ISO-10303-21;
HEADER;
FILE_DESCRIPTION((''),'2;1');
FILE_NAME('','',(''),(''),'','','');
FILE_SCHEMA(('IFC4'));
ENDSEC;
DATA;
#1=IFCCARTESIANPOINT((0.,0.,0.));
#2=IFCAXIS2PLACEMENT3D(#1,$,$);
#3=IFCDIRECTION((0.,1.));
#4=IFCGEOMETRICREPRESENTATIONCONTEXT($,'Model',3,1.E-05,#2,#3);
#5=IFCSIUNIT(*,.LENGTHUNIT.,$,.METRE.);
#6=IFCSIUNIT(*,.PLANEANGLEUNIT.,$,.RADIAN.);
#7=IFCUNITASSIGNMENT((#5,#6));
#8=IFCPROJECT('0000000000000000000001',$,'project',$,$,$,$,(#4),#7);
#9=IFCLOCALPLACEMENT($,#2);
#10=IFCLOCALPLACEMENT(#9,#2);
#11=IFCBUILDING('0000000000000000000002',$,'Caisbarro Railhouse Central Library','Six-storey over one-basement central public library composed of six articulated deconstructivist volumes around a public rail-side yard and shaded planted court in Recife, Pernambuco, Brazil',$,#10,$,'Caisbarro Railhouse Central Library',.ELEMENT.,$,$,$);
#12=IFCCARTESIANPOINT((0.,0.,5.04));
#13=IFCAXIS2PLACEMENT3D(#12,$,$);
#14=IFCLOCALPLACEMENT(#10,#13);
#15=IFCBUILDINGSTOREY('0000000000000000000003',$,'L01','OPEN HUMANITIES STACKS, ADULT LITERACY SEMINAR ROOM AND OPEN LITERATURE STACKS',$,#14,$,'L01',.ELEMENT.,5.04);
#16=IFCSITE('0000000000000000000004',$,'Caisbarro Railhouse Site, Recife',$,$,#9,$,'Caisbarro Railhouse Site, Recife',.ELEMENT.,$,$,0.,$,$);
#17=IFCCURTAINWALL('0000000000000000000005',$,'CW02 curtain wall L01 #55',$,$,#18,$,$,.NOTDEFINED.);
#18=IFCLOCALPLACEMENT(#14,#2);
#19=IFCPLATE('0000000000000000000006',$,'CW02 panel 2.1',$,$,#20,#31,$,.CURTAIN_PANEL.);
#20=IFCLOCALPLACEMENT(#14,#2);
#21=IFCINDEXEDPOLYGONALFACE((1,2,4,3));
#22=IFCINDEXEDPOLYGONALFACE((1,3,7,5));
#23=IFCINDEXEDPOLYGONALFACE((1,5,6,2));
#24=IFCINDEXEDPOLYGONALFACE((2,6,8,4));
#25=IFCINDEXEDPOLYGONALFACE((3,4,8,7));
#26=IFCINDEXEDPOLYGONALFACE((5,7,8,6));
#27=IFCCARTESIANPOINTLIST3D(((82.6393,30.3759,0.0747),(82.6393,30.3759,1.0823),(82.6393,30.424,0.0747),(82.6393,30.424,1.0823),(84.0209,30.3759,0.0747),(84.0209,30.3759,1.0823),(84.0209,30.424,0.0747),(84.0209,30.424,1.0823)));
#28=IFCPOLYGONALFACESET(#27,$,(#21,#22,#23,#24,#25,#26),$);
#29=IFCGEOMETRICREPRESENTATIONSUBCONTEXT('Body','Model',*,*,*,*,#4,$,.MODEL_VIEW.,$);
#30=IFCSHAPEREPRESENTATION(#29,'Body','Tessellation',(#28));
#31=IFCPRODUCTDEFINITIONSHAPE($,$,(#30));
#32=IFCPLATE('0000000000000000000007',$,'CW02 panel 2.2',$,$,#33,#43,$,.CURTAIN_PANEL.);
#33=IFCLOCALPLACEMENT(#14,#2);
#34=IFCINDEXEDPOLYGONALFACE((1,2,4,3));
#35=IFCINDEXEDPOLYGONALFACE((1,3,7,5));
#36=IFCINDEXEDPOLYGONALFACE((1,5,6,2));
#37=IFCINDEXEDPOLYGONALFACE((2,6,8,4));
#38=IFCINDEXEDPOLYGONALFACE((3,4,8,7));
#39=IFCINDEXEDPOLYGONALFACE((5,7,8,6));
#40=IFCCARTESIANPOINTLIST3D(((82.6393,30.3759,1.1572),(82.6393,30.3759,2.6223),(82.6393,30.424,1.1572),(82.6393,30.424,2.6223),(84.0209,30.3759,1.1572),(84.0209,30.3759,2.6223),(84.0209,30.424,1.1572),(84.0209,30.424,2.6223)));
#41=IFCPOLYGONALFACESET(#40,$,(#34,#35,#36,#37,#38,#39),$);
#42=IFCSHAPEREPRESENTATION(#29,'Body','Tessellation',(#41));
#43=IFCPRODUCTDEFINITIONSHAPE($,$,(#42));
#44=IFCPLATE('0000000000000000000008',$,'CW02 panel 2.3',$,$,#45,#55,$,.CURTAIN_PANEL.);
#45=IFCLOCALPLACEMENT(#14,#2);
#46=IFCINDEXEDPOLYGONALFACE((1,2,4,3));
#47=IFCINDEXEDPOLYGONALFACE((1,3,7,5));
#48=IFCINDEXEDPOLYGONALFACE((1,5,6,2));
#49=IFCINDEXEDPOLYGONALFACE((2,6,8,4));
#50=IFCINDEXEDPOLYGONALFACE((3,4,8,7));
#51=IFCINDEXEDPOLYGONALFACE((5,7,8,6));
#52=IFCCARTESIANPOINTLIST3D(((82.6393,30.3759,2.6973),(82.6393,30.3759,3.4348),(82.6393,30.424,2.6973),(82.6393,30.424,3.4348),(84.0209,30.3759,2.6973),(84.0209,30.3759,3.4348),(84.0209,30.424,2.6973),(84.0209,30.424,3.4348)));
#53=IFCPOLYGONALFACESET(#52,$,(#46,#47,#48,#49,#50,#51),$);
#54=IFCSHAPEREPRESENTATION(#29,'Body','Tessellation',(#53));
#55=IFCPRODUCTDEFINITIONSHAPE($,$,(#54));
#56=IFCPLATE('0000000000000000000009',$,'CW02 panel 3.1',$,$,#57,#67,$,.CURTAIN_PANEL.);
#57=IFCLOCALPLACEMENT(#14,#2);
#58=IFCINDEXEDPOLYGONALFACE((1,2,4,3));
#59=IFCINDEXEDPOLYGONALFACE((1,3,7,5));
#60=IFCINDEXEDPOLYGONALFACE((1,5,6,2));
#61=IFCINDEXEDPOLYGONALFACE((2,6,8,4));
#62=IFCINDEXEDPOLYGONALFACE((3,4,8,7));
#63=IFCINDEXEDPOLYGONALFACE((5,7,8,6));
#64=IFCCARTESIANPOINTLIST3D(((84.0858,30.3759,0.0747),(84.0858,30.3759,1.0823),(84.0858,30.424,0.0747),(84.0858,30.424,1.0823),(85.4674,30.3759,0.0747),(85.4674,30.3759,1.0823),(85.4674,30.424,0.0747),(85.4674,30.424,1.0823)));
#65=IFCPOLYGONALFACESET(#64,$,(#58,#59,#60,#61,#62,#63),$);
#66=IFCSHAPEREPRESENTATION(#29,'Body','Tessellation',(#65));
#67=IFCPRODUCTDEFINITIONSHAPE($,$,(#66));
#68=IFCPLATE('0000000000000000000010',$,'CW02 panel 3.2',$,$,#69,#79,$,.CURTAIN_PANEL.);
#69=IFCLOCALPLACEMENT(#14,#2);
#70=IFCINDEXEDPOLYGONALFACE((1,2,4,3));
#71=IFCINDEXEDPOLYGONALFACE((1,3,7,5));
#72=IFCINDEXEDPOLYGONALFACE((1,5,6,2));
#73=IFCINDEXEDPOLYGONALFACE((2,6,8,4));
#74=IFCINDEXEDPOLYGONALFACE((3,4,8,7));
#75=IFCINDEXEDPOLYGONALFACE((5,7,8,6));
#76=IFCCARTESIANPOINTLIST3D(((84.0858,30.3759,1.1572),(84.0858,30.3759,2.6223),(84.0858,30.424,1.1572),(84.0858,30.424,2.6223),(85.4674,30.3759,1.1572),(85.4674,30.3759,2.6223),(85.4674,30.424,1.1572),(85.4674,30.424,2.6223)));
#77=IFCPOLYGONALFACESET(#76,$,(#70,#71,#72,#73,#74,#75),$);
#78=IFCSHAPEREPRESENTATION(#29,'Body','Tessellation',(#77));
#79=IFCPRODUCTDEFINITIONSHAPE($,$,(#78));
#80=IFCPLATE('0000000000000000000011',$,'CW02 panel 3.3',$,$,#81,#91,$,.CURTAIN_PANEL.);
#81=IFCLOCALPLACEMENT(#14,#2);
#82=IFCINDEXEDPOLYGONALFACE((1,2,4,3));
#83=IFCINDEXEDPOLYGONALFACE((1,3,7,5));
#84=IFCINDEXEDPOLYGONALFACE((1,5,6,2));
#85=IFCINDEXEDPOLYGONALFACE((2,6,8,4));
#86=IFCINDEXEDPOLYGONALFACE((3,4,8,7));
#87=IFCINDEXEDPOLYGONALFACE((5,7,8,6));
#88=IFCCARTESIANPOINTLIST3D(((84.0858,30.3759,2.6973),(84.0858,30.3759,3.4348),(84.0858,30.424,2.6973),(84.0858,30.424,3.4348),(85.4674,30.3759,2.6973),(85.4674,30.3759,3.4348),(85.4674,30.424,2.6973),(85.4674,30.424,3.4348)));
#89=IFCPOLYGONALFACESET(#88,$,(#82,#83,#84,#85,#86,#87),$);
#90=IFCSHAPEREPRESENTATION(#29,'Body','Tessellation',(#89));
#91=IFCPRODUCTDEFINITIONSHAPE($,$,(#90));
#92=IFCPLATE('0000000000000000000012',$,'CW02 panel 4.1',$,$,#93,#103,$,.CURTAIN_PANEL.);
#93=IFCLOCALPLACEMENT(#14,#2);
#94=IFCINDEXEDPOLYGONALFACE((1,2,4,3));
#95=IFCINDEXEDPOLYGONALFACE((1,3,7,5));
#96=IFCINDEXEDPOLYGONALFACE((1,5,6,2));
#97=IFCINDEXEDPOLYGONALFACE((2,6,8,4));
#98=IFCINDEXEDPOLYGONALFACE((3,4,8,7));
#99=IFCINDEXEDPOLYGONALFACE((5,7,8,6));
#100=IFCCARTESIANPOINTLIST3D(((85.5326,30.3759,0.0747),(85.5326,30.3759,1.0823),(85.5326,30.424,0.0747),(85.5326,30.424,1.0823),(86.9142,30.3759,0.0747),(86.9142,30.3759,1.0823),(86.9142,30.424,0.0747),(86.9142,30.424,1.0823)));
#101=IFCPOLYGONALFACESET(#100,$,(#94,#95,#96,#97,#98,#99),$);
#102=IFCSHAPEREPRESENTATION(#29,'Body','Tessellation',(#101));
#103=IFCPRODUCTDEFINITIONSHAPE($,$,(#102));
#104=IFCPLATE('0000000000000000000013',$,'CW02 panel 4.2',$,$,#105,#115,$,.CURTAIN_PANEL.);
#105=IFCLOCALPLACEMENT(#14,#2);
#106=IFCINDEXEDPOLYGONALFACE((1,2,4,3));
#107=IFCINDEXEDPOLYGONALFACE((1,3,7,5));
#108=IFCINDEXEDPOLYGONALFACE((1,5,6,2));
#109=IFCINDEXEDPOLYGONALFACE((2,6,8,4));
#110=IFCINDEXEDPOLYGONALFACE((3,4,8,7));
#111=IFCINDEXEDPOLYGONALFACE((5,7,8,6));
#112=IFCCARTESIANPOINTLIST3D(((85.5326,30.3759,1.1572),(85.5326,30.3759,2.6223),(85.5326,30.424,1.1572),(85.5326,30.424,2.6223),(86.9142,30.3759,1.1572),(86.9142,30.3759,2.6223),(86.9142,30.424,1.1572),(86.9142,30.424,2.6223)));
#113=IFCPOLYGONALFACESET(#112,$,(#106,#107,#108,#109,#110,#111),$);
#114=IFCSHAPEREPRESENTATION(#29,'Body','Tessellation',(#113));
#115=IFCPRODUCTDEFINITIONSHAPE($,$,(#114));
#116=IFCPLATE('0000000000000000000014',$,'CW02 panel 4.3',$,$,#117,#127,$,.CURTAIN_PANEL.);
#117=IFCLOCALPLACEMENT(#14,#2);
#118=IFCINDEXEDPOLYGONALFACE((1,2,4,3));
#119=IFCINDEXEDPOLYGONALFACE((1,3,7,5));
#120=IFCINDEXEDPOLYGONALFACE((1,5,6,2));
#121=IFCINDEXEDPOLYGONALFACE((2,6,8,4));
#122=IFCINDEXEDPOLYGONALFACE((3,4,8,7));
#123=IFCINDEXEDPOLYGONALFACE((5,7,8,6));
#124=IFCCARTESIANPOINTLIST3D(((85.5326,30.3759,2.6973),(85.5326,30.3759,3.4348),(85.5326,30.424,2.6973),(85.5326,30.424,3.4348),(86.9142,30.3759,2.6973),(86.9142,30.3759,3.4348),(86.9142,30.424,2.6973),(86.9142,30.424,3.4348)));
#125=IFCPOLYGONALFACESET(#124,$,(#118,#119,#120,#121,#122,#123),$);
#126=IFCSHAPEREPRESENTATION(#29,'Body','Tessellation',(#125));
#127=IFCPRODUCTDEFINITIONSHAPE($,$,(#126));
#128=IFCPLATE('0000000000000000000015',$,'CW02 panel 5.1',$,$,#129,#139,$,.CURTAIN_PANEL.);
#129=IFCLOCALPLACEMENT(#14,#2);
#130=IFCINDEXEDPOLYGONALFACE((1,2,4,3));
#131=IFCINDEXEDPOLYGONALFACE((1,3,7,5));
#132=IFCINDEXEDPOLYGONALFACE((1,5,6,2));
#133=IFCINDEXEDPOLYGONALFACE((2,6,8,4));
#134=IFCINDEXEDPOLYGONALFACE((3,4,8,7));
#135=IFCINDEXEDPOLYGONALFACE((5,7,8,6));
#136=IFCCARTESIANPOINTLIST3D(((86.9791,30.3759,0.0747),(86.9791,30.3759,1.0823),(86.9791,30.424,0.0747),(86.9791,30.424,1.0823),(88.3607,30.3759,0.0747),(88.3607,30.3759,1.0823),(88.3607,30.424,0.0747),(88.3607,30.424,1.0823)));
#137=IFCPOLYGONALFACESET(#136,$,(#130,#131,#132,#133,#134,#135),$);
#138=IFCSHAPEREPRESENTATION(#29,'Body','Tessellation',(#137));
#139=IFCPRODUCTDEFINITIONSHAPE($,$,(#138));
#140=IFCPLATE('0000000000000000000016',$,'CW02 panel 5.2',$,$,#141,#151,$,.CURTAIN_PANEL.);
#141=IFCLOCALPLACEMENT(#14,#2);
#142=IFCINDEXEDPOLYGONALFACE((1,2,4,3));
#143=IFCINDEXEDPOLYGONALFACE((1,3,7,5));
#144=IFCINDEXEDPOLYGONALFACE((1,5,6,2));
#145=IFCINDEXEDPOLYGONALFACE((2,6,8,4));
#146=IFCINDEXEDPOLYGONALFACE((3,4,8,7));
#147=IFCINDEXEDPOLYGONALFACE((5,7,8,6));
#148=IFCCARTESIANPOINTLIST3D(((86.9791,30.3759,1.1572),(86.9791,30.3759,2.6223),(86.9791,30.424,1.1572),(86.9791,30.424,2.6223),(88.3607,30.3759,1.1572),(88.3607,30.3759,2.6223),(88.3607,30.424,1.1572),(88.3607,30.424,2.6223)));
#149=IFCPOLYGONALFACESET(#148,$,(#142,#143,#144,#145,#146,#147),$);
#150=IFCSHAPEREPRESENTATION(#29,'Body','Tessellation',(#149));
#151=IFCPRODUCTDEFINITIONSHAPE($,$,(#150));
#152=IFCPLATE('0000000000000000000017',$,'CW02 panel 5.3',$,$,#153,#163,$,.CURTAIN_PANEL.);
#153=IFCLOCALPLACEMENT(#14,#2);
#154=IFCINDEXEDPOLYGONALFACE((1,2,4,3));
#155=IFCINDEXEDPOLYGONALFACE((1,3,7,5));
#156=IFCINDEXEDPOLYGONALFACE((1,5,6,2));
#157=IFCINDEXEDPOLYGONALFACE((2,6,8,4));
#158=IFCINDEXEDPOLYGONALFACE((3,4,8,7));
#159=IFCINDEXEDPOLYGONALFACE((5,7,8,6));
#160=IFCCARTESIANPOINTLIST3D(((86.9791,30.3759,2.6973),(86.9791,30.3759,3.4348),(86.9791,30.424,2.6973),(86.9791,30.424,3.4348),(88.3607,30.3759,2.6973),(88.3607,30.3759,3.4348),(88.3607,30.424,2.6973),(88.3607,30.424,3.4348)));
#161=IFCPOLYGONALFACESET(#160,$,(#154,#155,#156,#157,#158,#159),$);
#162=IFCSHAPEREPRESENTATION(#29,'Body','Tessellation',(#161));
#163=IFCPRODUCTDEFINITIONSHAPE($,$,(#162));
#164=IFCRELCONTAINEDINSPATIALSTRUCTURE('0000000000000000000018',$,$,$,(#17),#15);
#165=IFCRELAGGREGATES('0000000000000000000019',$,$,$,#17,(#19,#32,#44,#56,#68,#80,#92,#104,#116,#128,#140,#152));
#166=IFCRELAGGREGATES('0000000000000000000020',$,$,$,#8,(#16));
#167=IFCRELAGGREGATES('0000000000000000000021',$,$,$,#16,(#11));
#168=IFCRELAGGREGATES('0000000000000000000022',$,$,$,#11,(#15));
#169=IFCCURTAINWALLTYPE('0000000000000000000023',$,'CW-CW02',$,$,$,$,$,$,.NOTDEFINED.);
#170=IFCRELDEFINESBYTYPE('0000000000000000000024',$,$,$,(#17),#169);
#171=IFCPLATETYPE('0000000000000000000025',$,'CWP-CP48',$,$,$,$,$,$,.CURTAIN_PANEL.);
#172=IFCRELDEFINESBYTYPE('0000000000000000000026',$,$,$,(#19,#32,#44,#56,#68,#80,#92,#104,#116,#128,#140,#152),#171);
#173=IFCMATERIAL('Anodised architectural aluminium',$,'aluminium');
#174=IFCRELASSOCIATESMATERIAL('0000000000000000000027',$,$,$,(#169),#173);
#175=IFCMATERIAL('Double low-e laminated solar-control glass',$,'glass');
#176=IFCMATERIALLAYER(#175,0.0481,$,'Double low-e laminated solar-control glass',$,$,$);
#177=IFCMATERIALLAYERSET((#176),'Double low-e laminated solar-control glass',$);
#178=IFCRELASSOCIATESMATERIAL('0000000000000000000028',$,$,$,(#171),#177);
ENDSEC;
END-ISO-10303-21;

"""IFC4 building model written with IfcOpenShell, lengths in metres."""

from ifc_helpers import new_model, si_unit, direction, frame, origin, origin_2d, place, context, subcontext, project, spatial, rectangle, extrude, material, layer, layer_set, type_object, element, aggregate, save


model = new_model("IFC4")

# Units and contexts
model_context = context("Model", 3, precision=1e-05, world=origin(), true_north=direction((0.0, 1.0)))
body_context = subcontext(model_context, "Body", "Model", "MODEL_VIEW")
ifc_project = project(units=[si_unit("LENGTHUNIT", "METRE"), si_unit("PLANEANGLEUNIT", "RADIAN")], contexts=[model_context])

# Site, building, storey
site_placement = place(None, origin())
site = spatial("IfcSite", under=ifc_project, at=site_placement, Name="Caisbarro Railhouse Site, Recife", LongName="Caisbarro Railhouse Site, Recife", CompositionType="ELEMENT", RefElevation=0.0)
building_placement = place(site_placement, origin())
building = spatial("IfcBuilding", under=site, at=building_placement, Name="Caisbarro Railhouse Central Library", Description="Six-storey over one-basement central public library composed of six articulated deconstructivist volumes around a public rail-side yard and shaded planted court in Recife, Pernambuco, Brazil", LongName="Caisbarro Railhouse Central Library", CompositionType="ELEMENT")
storey_placement = place(building_placement, frame((0.0, 0.0, 5.04)))
storey = spatial("IfcBuildingStorey", under=building, at=storey_placement, Name="L01", Description="OPEN HUMANITIES STACKS, ADULT LITERACY SEMINAR ROOM AND OPEN LITERATURE STACKS", LongName="L01", CompositionType="ELEMENT", Elevation=5.04)

# Curtain wall, plates
ifc_material_1 = material(Name="Anodised architectural aluminium", Category="aluminium")
curtain_wall_type = type_object("IfcCurtainWallType", Name="CW-CW02", PredefinedType="NOTDEFINED", material=ifc_material_1)
curtain_wall_placement = place(storey_placement, origin())
curtain_wall = element("IfcCurtainWall", 1, at=curtain_wall_placement, inside=storey, type_object=curtain_wall_type, Name="CW02 curtain wall L01 #55", PredefinedType="NOTDEFINED")
ifc_material_2 = material(Name="Double low-e laminated solar-control glass", Category="glass")
ifc_layer = layer(ifc_material_2, 0.0481, Name="Double low-e laminated solar-control glass")
ifc_layer_set = layer_set([ifc_layer], Name="Double low-e laminated solar-control glass")
plate_type = type_object("IfcPlateType", Name="CWP-CP48", PredefinedType="CURTAIN_PANEL", material=ifc_layer_set)
plate_1_placement = place(storey_placement, frame((83.3301, 30.3999, 0.0747), z_axis=(0.0, 0.0, 1.0), x_axis=(1.0, 0.0, 0.0)))
plate_1 = element("IfcPlate", 2, at=plate_1_placement, type_object=plate_type, Name="CW02 panel 2.1", PredefinedType="CURTAIN_PANEL", context=body_context, shape_type="SweptSolid", body=[
    extrude(rectangle(XDim=1.3816, YDim=0.0481, at=origin_2d()), origin(), (0.0, 0.0, 1.0), 1.0076),
])
plate_2_placement = place(storey_placement, frame((83.3301, 30.3999, 1.1572), z_axis=(0.0, 0.0, 1.0), x_axis=(1.0, 0.0, 0.0)))
plate_2 = element("IfcPlate", 3, at=plate_2_placement, type_object=plate_type, Name="CW02 panel 2.2", PredefinedType="CURTAIN_PANEL", context=body_context, shape_type="SweptSolid", body=[
    extrude(rectangle(XDim=1.3816, YDim=0.0481, at=origin_2d()), origin(), (0.0, 0.0, 1.0), 1.4651),
])
plate_3_placement = place(storey_placement, frame((83.3301, 30.3999, 2.6973), z_axis=(0.0, 0.0, 1.0), x_axis=(1.0, 0.0, 0.0)))
plate_3 = element("IfcPlate", 4, at=plate_3_placement, type_object=plate_type, Name="CW02 panel 2.3", PredefinedType="CURTAIN_PANEL", context=body_context, shape_type="SweptSolid", body=[
    extrude(rectangle(XDim=1.3816, YDim=0.0481, at=origin_2d()), origin(), (0.0, 0.0, 1.0), 0.7375),
])
plate_4_placement = place(storey_placement, frame((84.7766, 30.3999, 0.0747), z_axis=(0.0, 0.0, 1.0), x_axis=(1.0, 0.0, 0.0)))
plate_4 = element("IfcPlate", 5, at=plate_4_placement, type_object=plate_type, Name="CW02 panel 3.1", PredefinedType="CURTAIN_PANEL", context=body_context, shape_type="SweptSolid", body=[
    extrude(rectangle(XDim=1.3816, YDim=0.0481, at=origin_2d()), origin(), (0.0, 0.0, 1.0), 1.0076),
])
plate_5_placement = place(storey_placement, frame((84.7766, 30.3999, 1.1572), z_axis=(0.0, 0.0, 1.0), x_axis=(1.0, 0.0, 0.0)))
plate_5 = element("IfcPlate", 6, at=plate_5_placement, type_object=plate_type, Name="CW02 panel 3.2", PredefinedType="CURTAIN_PANEL", context=body_context, shape_type="SweptSolid", body=[
    extrude(rectangle(XDim=1.3816, YDim=0.0481, at=origin_2d()), origin(), (0.0, 0.0, 1.0), 1.4651),
])
plate_6_placement = place(storey_placement, frame((84.7766, 30.3999, 2.6973), z_axis=(0.0, 0.0, 1.0), x_axis=(1.0, 0.0, 0.0)))
plate_6 = element("IfcPlate", 7, at=plate_6_placement, type_object=plate_type, Name="CW02 panel 3.3", PredefinedType="CURTAIN_PANEL", context=body_context, shape_type="SweptSolid", body=[
    extrude(rectangle(XDim=1.3816, YDim=0.0481, at=origin_2d()), origin(), (0.0, 0.0, 1.0), 0.7375),
])
plate_7_placement = place(storey_placement, frame((86.2234, 30.3999, 0.0747), z_axis=(0.0, 0.0, 1.0), x_axis=(1.0, 0.0, 0.0)))
plate_7 = element("IfcPlate", 8, at=plate_7_placement, type_object=plate_type, Name="CW02 panel 4.1", PredefinedType="CURTAIN_PANEL", context=body_context, shape_type="SweptSolid", body=[
    extrude(rectangle(XDim=1.3816, YDim=0.0481, at=origin_2d()), origin(), (0.0, 0.0, 1.0), 1.0076),
])
plate_8_placement = place(storey_placement, frame((86.2234, 30.3999, 1.1572), z_axis=(0.0, 0.0, 1.0), x_axis=(1.0, 0.0, 0.0)))
plate_8 = element("IfcPlate", 9, at=plate_8_placement, type_object=plate_type, Name="CW02 panel 4.2", PredefinedType="CURTAIN_PANEL", context=body_context, shape_type="SweptSolid", body=[
    extrude(rectangle(XDim=1.3816, YDim=0.0481, at=origin_2d()), origin(), (0.0, 0.0, 1.0), 1.4651),
])
plate_9_placement = place(storey_placement, frame((86.2234, 30.3999, 2.6973), z_axis=(0.0, 0.0, 1.0), x_axis=(1.0, 0.0, 0.0)))
plate_9 = element("IfcPlate", 10, at=plate_9_placement, type_object=plate_type, Name="CW02 panel 4.3", PredefinedType="CURTAIN_PANEL", context=body_context, shape_type="SweptSolid", body=[
    extrude(rectangle(XDim=1.3816, YDim=0.0481, at=origin_2d()), origin(), (0.0, 0.0, 1.0), 0.7375),
])
plate_10_placement = place(storey_placement, frame((87.6699, 30.3999, 0.0747), z_axis=(0.0, 0.0, 1.0), x_axis=(1.0, 0.0, 0.0)))
plate_10 = element("IfcPlate", 11, at=plate_10_placement, type_object=plate_type, Name="CW02 panel 5.1", PredefinedType="CURTAIN_PANEL", context=body_context, shape_type="SweptSolid", body=[
    extrude(rectangle(XDim=1.3816, YDim=0.0481, at=origin_2d()), origin(), (0.0, 0.0, 1.0), 1.0076),
])
plate_11_placement = place(storey_placement, frame((87.6699, 30.3999, 1.1572), z_axis=(0.0, 0.0, 1.0), x_axis=(1.0, 0.0, 0.0)))
plate_11 = element("IfcPlate", 12, at=plate_11_placement, type_object=plate_type, Name="CW02 panel 5.2", PredefinedType="CURTAIN_PANEL", context=body_context, shape_type="SweptSolid", body=[
    extrude(rectangle(XDim=1.3816, YDim=0.0481, at=origin_2d()), origin(), (0.0, 0.0, 1.0), 1.4651),
])
plate_12_placement = place(storey_placement, frame((87.6699, 30.3999, 2.6973), z_axis=(0.0, 0.0, 1.0), x_axis=(1.0, 0.0, 0.0)))
plate_12 = element("IfcPlate", 13, at=plate_12_placement, type_object=plate_type, Name="CW02 panel 5.3", PredefinedType="CURTAIN_PANEL", context=body_context, shape_type="SweptSolid", body=[
    extrude(rectangle(XDim=1.3816, YDim=0.0481, at=origin_2d()), origin(), (0.0, 0.0, 1.0), 0.7375),
])
aggregate(curtain_wall, [plate_1, plate_2, plate_3, plate_4, plate_5, plate_6, plate_7, plate_8, plate_9, plate_10, plate_11, plate_12])

save(model, "model.ifc")
